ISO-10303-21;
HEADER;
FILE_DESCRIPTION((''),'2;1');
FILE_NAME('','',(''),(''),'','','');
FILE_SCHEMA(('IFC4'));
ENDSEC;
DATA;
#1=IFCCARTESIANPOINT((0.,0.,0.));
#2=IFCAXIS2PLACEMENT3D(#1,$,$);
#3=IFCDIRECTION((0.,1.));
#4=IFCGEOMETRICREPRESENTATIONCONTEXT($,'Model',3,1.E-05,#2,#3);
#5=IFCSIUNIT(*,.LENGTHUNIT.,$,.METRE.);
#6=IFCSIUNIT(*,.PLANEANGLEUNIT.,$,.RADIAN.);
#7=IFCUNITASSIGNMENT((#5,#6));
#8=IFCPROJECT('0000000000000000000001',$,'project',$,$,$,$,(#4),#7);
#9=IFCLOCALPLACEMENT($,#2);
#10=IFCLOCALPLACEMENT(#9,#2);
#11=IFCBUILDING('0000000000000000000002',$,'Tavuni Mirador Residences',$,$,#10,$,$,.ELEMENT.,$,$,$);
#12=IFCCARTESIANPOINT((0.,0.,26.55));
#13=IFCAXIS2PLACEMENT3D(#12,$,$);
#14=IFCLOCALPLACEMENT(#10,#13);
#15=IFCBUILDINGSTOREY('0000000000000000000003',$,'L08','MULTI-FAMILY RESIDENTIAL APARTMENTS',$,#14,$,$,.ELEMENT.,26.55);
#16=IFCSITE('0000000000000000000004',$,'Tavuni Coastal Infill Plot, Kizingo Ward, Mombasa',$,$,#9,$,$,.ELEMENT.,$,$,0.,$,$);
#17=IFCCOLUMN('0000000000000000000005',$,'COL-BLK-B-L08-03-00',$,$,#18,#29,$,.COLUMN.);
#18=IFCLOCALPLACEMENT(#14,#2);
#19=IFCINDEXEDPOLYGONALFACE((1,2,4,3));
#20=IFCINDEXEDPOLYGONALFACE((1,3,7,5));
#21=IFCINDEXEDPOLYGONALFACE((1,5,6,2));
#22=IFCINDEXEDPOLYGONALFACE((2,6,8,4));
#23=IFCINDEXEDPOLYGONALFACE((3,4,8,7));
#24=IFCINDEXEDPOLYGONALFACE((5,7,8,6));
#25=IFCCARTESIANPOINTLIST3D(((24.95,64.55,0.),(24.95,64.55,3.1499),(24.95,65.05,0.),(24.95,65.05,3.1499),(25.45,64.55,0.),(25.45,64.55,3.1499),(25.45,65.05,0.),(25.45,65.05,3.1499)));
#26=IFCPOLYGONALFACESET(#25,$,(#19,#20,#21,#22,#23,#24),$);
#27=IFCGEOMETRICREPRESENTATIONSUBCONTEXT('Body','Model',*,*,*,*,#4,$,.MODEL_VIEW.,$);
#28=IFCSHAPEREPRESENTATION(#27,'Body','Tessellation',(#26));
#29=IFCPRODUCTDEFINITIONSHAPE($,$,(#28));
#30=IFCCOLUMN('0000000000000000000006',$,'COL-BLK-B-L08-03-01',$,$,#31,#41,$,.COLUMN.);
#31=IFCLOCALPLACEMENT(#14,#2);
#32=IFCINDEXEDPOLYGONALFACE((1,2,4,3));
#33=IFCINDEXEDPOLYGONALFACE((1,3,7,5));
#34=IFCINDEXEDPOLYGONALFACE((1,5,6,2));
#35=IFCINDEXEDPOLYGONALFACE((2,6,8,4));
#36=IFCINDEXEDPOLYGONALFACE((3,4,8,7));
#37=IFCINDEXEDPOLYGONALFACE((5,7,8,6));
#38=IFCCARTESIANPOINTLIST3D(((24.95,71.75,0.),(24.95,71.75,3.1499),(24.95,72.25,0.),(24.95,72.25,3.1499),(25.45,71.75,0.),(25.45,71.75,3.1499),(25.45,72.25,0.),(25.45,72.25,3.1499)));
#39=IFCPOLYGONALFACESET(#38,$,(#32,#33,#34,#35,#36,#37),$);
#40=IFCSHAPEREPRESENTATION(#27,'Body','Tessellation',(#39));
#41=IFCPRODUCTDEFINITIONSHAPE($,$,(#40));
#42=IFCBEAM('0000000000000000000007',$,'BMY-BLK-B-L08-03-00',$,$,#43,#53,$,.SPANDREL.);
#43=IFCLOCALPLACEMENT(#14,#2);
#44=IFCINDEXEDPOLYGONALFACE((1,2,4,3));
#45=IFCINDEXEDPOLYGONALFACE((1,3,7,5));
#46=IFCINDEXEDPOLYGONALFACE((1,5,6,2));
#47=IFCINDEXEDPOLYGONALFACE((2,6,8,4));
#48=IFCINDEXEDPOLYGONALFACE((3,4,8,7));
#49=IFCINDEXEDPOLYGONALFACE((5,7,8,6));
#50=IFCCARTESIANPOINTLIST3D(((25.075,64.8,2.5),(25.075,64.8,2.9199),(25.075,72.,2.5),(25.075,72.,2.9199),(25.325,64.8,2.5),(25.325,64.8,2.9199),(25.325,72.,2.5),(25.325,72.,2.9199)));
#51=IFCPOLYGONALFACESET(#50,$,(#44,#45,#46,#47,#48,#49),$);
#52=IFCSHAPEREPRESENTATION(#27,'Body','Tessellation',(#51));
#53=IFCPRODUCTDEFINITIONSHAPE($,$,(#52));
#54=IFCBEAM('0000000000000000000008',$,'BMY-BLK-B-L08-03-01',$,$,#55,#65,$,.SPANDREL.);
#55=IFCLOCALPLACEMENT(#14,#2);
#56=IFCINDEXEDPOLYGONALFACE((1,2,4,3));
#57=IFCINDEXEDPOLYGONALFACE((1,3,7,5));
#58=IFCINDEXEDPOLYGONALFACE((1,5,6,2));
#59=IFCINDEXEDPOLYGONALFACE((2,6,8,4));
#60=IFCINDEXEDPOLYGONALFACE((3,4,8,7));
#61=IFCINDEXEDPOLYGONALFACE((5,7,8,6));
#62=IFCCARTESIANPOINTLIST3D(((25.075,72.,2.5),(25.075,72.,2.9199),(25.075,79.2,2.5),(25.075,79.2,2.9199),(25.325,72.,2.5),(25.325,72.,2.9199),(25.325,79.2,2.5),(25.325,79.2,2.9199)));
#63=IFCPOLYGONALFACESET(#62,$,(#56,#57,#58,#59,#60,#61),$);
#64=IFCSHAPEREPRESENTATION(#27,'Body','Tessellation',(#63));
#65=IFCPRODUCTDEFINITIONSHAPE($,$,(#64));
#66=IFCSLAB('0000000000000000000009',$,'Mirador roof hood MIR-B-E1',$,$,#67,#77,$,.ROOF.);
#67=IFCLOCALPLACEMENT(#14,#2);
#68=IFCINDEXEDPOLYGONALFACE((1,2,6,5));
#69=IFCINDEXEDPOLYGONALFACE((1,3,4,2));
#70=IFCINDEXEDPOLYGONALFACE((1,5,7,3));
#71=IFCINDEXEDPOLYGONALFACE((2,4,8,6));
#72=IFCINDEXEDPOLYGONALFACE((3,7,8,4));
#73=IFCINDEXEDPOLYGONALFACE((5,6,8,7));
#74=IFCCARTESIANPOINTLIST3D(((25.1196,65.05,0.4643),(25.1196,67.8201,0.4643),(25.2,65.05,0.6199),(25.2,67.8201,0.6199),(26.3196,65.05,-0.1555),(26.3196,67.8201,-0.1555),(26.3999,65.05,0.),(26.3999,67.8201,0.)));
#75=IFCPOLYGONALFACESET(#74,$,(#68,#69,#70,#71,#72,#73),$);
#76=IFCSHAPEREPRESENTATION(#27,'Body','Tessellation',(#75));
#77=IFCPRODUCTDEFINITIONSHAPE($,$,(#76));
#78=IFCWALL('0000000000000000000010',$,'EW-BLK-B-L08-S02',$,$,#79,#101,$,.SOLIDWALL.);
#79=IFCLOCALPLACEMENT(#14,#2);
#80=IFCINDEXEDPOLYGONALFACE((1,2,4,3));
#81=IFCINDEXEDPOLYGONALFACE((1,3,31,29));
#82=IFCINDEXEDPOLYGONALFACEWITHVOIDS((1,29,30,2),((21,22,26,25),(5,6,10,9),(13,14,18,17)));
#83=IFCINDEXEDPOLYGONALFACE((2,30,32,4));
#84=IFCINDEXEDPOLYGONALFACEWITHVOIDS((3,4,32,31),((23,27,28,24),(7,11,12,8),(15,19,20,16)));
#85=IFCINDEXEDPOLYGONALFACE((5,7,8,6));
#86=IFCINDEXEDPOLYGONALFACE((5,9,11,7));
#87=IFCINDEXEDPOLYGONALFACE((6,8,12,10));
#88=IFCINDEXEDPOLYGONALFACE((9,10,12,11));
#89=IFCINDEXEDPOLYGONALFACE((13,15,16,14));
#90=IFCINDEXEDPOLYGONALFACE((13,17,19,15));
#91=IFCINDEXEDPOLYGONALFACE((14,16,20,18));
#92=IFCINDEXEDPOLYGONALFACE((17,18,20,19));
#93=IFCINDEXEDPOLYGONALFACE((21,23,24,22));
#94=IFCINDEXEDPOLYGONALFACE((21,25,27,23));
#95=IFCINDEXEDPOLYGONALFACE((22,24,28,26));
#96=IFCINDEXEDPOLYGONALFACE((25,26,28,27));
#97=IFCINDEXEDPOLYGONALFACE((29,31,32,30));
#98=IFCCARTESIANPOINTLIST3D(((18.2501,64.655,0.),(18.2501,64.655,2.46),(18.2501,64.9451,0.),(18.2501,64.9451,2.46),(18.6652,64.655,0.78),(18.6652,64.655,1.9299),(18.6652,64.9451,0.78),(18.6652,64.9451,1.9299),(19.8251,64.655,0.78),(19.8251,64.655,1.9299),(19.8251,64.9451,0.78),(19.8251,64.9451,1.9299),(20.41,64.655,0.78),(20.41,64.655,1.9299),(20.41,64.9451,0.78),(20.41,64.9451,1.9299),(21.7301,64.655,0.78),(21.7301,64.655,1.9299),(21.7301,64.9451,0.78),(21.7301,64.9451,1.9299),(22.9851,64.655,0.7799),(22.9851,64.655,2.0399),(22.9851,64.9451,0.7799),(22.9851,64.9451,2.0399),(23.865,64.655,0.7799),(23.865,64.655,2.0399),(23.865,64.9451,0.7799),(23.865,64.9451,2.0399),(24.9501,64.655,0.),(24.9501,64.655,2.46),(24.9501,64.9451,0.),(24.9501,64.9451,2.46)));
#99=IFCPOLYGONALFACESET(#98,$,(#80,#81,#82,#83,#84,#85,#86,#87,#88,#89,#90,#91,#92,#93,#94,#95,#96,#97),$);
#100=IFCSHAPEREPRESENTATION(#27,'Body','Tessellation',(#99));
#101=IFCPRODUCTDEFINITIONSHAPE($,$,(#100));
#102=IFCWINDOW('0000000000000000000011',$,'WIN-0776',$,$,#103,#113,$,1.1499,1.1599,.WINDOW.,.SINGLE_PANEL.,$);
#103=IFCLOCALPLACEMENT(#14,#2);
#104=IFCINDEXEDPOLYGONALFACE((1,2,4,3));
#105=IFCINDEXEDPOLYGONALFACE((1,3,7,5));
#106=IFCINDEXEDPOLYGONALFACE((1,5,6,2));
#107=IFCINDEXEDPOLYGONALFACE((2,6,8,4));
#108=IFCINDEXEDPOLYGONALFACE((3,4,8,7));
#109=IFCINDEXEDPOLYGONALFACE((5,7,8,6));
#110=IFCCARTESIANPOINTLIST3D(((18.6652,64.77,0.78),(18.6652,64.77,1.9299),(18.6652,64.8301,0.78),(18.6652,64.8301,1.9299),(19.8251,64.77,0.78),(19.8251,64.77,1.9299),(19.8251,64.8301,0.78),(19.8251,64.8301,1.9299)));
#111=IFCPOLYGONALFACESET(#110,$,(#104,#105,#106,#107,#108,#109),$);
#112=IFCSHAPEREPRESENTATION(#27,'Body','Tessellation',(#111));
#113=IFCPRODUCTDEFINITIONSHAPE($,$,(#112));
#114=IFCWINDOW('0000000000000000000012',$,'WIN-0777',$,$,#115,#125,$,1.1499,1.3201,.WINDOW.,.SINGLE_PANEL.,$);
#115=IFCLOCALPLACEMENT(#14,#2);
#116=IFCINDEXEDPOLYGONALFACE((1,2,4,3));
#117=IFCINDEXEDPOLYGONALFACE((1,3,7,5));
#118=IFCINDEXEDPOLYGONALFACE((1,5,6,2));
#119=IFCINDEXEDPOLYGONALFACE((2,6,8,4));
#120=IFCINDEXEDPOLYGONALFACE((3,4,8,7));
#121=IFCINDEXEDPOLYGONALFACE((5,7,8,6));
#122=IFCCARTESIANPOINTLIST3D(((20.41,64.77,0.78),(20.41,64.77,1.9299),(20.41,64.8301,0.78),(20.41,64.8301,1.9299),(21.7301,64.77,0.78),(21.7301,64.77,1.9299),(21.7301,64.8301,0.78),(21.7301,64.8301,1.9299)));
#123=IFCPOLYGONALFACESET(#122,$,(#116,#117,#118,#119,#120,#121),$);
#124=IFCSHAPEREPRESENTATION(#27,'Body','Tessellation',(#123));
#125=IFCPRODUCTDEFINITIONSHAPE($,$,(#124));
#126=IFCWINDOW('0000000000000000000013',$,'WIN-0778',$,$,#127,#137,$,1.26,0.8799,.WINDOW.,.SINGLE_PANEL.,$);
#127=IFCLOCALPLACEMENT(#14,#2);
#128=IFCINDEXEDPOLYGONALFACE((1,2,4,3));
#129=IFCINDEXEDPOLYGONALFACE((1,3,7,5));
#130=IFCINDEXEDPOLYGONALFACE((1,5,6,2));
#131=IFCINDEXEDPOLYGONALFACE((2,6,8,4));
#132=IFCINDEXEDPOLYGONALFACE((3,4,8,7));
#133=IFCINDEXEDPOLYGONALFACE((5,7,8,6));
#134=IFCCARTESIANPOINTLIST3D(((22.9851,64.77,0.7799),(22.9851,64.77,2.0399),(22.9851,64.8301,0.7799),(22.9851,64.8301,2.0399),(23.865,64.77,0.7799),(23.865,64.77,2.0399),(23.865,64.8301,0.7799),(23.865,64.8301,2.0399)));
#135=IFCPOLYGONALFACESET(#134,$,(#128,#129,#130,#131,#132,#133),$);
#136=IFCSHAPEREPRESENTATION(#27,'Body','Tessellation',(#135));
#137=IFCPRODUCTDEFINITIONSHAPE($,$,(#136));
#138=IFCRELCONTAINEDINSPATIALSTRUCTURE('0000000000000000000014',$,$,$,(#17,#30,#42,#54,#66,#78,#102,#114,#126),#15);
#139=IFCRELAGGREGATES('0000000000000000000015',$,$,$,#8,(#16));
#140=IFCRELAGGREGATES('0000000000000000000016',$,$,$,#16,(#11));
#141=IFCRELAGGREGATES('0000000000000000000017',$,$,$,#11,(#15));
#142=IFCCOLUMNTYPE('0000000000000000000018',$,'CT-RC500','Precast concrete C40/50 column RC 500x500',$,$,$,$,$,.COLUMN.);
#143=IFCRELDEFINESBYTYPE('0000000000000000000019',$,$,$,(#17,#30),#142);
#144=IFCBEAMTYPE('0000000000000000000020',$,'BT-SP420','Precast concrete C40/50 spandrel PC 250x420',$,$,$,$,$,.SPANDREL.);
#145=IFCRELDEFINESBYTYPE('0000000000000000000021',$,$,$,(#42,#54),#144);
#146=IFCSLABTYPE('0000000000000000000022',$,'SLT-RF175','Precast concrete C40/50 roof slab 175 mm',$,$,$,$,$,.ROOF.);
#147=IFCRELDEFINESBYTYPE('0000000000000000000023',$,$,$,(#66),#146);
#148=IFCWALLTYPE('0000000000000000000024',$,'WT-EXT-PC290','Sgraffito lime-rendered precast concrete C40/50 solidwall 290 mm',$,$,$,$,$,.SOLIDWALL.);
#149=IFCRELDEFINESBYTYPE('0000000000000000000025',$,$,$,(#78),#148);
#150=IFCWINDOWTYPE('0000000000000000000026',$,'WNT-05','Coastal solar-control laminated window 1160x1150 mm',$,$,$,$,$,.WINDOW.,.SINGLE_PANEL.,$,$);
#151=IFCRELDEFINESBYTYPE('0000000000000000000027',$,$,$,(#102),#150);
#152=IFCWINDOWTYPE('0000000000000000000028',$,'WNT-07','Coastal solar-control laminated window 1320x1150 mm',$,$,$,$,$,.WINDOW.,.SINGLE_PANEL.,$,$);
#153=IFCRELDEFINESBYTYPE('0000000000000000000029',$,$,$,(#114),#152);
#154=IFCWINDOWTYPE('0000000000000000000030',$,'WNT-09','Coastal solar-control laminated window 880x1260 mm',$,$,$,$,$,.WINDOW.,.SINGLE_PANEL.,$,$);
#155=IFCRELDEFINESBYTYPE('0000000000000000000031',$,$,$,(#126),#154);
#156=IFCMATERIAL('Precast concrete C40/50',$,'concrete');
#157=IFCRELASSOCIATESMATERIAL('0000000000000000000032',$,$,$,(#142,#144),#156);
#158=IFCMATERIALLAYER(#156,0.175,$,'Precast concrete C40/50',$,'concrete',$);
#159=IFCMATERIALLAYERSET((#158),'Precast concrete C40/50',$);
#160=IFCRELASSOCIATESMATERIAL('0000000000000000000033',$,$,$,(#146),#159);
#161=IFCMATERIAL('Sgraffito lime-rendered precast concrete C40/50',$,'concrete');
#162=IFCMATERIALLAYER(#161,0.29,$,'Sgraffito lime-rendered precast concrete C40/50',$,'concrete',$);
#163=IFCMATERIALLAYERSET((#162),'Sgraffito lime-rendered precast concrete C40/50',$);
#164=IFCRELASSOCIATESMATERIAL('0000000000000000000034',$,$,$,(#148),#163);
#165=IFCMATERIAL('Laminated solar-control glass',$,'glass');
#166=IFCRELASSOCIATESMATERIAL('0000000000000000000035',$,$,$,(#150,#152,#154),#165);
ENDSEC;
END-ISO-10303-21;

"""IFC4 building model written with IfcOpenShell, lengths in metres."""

from ifc_helpers import new_model, si_unit, direction, frame, frame_2d, origin, origin_2d, place, context, subcontext, project, spatial, polyline, rectangle, outline, extrude, material, layer, layer_set, material_profile, profile_set, type_object, element, fill, save


model = new_model("IFC4")

# Units and contexts
model_context = context("Model", 3, precision=1e-05, world=origin(), true_north=direction((0.0, 1.0)))
body_context = subcontext(model_context, "Body", "Model", "MODEL_VIEW")
ifc_project = project(units=[si_unit("LENGTHUNIT", "METRE"), si_unit("PLANEANGLEUNIT", "RADIAN")], contexts=[model_context])

# Site, building, storey
site_placement = place(None, origin())
site = spatial("IfcSite", under=ifc_project, at=site_placement, Name="Tavuni Coastal Infill Plot, Kizingo Ward, Mombasa", CompositionType="ELEMENT", RefElevation=0.0)
building_placement = place(site_placement, origin())
building = spatial("IfcBuilding", under=site, at=building_placement, Name="Tavuni Mirador Residences", CompositionType="ELEMENT")
storey_placement = place(building_placement, frame((0.0, 0.0, 26.55)))
storey = spatial("IfcBuildingStorey", under=building, at=storey_placement, Name="L08", Description="MULTI-FAMILY RESIDENTIAL APARTMENTS", CompositionType="ELEMENT", Elevation=26.55)

# Columns
ifc_material_1 = material(Name="Precast concrete C40/50", Category="concrete")
ifc_material_profile_1 = material_profile(ifc_material_1, rectangle(XDim=0.5, YDim=0.5, at=origin_2d()), Name="RC 500x500", Category="concrete")
ifc_profile_set_1 = profile_set([ifc_material_profile_1], Name="Precast concrete C40/50")
column_type = type_object("IfcColumnType", Name="CT-RC500", Description="Precast concrete C40/50 column RC 500x500", PredefinedType="COLUMN", material=ifc_profile_set_1)
for number, where, z_axis, x_axis, name in (
    (1, (25.2, 64.8, 0.0), (0.0, 0.0, 1.0), (1.0, 0.0, 0.0), "COL-BLK-B-L08-03-00"),
    (2, (25.2, 72.0, 0.0), (0.0, 0.0, 1.0), (1.0, 0.0, 0.0), "COL-BLK-B-L08-03-01"),
):
    element("IfcColumn", number, at=place(storey_placement, frame(where, z_axis=z_axis, x_axis=x_axis)), inside=storey, type_object=column_type, Name=name, PredefinedType="COLUMN", context=body_context, shape_type="SweptSolid", body=[
        extrude(rectangle(XDim=0.5, YDim=0.5, at=origin_2d()), origin(), (0.0, 0.0, 1.0), 3.1499),
    ])

# Beams
ifc_material_profile_2 = material_profile(ifc_material_1, rectangle(XDim=0.25, YDim=0.4199, at=origin_2d()), Name="PC 250x420", Category="concrete")
ifc_profile_set_2 = profile_set([ifc_material_profile_2], Name="Precast concrete C40/50")
beam_type = type_object("IfcBeamType", Name="BT-SP420", Description="Precast concrete C40/50 spandrel PC 250x420", PredefinedType="SPANDREL", material=ifc_profile_set_2)
for number, where, z_axis, x_axis, name in (
    (3, (25.2, 64.8, 2.71), (0.0, 1.0, 0.0), (-1.0, 0.0, 0.0), "BMY-BLK-B-L08-03-00"),
    (4, (25.2, 72.0, 2.71), (0.0, 1.0, 0.0), (-1.0, 0.0, 0.0), "BMY-BLK-B-L08-03-01"),
):
    element("IfcBeam", number, at=place(storey_placement, frame(where, z_axis=z_axis, x_axis=x_axis)), inside=storey, type_object=beam_type, Name=name, PredefinedType="SPANDREL", context=body_context, shape_type="SweptSolid", body=[
        extrude(rectangle(XDim=0.25, YDim=0.4199, at=origin_2d()), origin(), (0.0, 0.0, 1.0), 7.2),
    ])

# Slab
ifc_layer_1 = layer(ifc_material_1, 0.175, Name="Precast concrete C40/50", Category="concrete")
ifc_layer_set_1 = layer_set([ifc_layer_1], Name="Precast concrete C40/50")
slab_type = type_object("IfcSlabType", Name="SLT-RF175", Description="Precast concrete C40/50 roof slab 175 mm", PredefinedType="ROOF", material=ifc_layer_set_1)
slab_placement = place(storey_placement, frame((25.2, 65.05, 0.6199), z_axis=(0.458961, 0.0, 0.888457), x_axis=(0.0, 1.0, 0.0)))
element("IfcSlab", 5, at=slab_placement, inside=storey, type_object=slab_type, Name="Mirador roof hood MIR-B-E1", PredefinedType="ROOF", context=body_context, shape_type="SweptSolid", body=[
    extrude(outline(polyline([(0.0, 0.0), (2.77, 0.0), (2.77, -1.3506), (0.0, -1.3506), (0.0, 0.0)])), origin(), (0.0, 0.0, -1.0), 0.175),
])

# Wall, openings, windows
ifc_material_2 = material(Name="Sgraffito lime-rendered precast concrete C40/50", Category="concrete")
ifc_layer_2 = layer(ifc_material_2, 0.29, Name="Sgraffito lime-rendered precast concrete C40/50", Category="concrete")
ifc_layer_set_2 = layer_set([ifc_layer_2], Name="Sgraffito lime-rendered precast concrete C40/50")
wall_type_1 = type_object("IfcWallType", Name="WT-EXT-PC290", Description="Sgraffito lime-rendered precast concrete C40/50 solidwall 290 mm", PredefinedType="SOLIDWALL", material=ifc_layer_set_2)
wall_1_placement = place(storey_placement, frame((18.25, 64.8, 0.0), z_axis=(0.0, 0.0, 1.0), x_axis=(1.0, 0.0, 0.0)))
wall_1 = element("IfcWall", 6, at=wall_1_placement, inside=storey, type_object=wall_type_1, Name="EW-BLK-B-L08-S02", PredefinedType="SOLIDWALL", context=body_context, shape_type="SweptSolid", body=[
    extrude(rectangle(XDim=6.7, YDim=0.29, at=frame_2d((3.3501, 0.0))), origin(), (0.0, 0.0, 1.0), 2.46),
])
opening_1_placement = place(wall_1_placement, frame((0.415, 0.0, 0.78)))
opening_1 = element("IfcOpeningElement", 7, at=opening_1_placement, cuts=wall_1, PredefinedType="OPENING", context=body_context, shape_type="SweptSolid", body=[
    extrude(rectangle(XDim=1.1599, YDim=1.1499, at=frame_2d((0.5801, 0.575))), frame((0.0, 0.155, 0.0), z_axis=(0.0, -1.0, 0.0), x_axis=(1.0, 0.0, 0.0)), (0.0, 0.0, 1.0), 0.3101),
])
opening_2_placement = place(wall_1_placement, frame((2.1599, 0.0, 0.78)))
opening_2 = element("IfcOpeningElement", 8, at=opening_2_placement, cuts=wall_1, PredefinedType="OPENING", context=body_context, shape_type="SweptSolid", body=[
    extrude(rectangle(XDim=1.3201, YDim=1.1499, at=frame_2d((0.6602, 0.575))), frame((0.0, 0.155, 0.0), z_axis=(0.0, -1.0, 0.0), x_axis=(1.0, 0.0, 0.0)), (0.0, 0.0, 1.0), 0.3101),
])
opening_3_placement = place(wall_1_placement, frame((4.7351, 0.0, 0.78)))
opening_3 = element("IfcOpeningElement", 9, at=opening_3_placement, cuts=wall_1, PredefinedType="OPENING", context=body_context, shape_type="SweptSolid", body=[
    extrude(rectangle(XDim=0.8799, YDim=1.26, at=frame_2d((0.4399, 0.6299))), frame((0.0, 0.155, 0.0), z_axis=(0.0, -1.0, 0.0), x_axis=(1.0, 0.0, 0.0)), (0.0, 0.0, 1.0), 0.3101),
])
ifc_material_3 = material(Name="Laminated solar-control glass", Category="glass")
window_type_1 = type_object("IfcWindowType", Name="WNT-05", Description="Coastal solar-control laminated window 1160x1150 mm", PartitioningType="SINGLE_PANEL", PredefinedType="WINDOW", material=ifc_material_3)
window_1_placement = place(opening_1_placement, origin())
window_1 = element("IfcWindow", 10, at=window_1_placement, inside=storey, type_object=window_type_1, Name="WIN-0776", OverallHeight=1.1499, OverallWidth=1.1599, PartitioningType="SINGLE_PANEL", PredefinedType="WINDOW", context=body_context, shape_type="SweptSolid", body=[
    extrude(rectangle(XDim=1.1599, YDim=1.1499, at=frame_2d((0.5801, 0.575))), frame((0.0, 0.03, 0.0), z_axis=(0.0, -1.0, 0.0), x_axis=(1.0, 0.0, 0.0)), (0.0, 0.0, 1.0), 0.0601),
])
fill(opening_1, window_1)
window_type_2 = type_object("IfcWindowType", Name="WNT-07", Description="Coastal solar-control laminated window 1320x1150 mm", PartitioningType="SINGLE_PANEL", PredefinedType="WINDOW", material=ifc_material_3)
window_2_placement = place(opening_2_placement, origin())
window_2 = element("IfcWindow", 11, at=window_2_placement, inside=storey, type_object=window_type_2, Name="WIN-0777", OverallHeight=1.1499, OverallWidth=1.3201, PartitioningType="SINGLE_PANEL", PredefinedType="WINDOW", context=body_context, shape_type="SweptSolid", body=[
    extrude(rectangle(XDim=1.3201, YDim=1.1499, at=frame_2d((0.6602, 0.575))), frame((0.0, 0.03, 0.0), z_axis=(0.0, -1.0, 0.0), x_axis=(1.0, 0.0, 0.0)), (0.0, 0.0, 1.0), 0.0601),
])
fill(opening_2, window_2)
window_type_3 = type_object("IfcWindowType", Name="WNT-09", Description="Coastal solar-control laminated window 880x1260 mm", PartitioningType="SINGLE_PANEL", PredefinedType="WINDOW", material=ifc_material_3)
window_3_placement = place(opening_3_placement, origin())
window_3 = element("IfcWindow", 12, at=window_3_placement, inside=storey, type_object=window_type_3, Name="WIN-0778", OverallHeight=1.26, OverallWidth=0.8799, PartitioningType="SINGLE_PANEL", PredefinedType="WINDOW", context=body_context, shape_type="SweptSolid", body=[
    extrude(rectangle(XDim=0.8799, YDim=1.26, at=frame_2d((0.4399, 0.6299))), frame((0.0, 0.03, 0.0), z_axis=(0.0, -1.0, 0.0), x_axis=(1.0, 0.0, 0.0)), (0.0, 0.0, 1.0), 0.0601),
])
fill(opening_3, window_3)

save(model, "model.ifc")
